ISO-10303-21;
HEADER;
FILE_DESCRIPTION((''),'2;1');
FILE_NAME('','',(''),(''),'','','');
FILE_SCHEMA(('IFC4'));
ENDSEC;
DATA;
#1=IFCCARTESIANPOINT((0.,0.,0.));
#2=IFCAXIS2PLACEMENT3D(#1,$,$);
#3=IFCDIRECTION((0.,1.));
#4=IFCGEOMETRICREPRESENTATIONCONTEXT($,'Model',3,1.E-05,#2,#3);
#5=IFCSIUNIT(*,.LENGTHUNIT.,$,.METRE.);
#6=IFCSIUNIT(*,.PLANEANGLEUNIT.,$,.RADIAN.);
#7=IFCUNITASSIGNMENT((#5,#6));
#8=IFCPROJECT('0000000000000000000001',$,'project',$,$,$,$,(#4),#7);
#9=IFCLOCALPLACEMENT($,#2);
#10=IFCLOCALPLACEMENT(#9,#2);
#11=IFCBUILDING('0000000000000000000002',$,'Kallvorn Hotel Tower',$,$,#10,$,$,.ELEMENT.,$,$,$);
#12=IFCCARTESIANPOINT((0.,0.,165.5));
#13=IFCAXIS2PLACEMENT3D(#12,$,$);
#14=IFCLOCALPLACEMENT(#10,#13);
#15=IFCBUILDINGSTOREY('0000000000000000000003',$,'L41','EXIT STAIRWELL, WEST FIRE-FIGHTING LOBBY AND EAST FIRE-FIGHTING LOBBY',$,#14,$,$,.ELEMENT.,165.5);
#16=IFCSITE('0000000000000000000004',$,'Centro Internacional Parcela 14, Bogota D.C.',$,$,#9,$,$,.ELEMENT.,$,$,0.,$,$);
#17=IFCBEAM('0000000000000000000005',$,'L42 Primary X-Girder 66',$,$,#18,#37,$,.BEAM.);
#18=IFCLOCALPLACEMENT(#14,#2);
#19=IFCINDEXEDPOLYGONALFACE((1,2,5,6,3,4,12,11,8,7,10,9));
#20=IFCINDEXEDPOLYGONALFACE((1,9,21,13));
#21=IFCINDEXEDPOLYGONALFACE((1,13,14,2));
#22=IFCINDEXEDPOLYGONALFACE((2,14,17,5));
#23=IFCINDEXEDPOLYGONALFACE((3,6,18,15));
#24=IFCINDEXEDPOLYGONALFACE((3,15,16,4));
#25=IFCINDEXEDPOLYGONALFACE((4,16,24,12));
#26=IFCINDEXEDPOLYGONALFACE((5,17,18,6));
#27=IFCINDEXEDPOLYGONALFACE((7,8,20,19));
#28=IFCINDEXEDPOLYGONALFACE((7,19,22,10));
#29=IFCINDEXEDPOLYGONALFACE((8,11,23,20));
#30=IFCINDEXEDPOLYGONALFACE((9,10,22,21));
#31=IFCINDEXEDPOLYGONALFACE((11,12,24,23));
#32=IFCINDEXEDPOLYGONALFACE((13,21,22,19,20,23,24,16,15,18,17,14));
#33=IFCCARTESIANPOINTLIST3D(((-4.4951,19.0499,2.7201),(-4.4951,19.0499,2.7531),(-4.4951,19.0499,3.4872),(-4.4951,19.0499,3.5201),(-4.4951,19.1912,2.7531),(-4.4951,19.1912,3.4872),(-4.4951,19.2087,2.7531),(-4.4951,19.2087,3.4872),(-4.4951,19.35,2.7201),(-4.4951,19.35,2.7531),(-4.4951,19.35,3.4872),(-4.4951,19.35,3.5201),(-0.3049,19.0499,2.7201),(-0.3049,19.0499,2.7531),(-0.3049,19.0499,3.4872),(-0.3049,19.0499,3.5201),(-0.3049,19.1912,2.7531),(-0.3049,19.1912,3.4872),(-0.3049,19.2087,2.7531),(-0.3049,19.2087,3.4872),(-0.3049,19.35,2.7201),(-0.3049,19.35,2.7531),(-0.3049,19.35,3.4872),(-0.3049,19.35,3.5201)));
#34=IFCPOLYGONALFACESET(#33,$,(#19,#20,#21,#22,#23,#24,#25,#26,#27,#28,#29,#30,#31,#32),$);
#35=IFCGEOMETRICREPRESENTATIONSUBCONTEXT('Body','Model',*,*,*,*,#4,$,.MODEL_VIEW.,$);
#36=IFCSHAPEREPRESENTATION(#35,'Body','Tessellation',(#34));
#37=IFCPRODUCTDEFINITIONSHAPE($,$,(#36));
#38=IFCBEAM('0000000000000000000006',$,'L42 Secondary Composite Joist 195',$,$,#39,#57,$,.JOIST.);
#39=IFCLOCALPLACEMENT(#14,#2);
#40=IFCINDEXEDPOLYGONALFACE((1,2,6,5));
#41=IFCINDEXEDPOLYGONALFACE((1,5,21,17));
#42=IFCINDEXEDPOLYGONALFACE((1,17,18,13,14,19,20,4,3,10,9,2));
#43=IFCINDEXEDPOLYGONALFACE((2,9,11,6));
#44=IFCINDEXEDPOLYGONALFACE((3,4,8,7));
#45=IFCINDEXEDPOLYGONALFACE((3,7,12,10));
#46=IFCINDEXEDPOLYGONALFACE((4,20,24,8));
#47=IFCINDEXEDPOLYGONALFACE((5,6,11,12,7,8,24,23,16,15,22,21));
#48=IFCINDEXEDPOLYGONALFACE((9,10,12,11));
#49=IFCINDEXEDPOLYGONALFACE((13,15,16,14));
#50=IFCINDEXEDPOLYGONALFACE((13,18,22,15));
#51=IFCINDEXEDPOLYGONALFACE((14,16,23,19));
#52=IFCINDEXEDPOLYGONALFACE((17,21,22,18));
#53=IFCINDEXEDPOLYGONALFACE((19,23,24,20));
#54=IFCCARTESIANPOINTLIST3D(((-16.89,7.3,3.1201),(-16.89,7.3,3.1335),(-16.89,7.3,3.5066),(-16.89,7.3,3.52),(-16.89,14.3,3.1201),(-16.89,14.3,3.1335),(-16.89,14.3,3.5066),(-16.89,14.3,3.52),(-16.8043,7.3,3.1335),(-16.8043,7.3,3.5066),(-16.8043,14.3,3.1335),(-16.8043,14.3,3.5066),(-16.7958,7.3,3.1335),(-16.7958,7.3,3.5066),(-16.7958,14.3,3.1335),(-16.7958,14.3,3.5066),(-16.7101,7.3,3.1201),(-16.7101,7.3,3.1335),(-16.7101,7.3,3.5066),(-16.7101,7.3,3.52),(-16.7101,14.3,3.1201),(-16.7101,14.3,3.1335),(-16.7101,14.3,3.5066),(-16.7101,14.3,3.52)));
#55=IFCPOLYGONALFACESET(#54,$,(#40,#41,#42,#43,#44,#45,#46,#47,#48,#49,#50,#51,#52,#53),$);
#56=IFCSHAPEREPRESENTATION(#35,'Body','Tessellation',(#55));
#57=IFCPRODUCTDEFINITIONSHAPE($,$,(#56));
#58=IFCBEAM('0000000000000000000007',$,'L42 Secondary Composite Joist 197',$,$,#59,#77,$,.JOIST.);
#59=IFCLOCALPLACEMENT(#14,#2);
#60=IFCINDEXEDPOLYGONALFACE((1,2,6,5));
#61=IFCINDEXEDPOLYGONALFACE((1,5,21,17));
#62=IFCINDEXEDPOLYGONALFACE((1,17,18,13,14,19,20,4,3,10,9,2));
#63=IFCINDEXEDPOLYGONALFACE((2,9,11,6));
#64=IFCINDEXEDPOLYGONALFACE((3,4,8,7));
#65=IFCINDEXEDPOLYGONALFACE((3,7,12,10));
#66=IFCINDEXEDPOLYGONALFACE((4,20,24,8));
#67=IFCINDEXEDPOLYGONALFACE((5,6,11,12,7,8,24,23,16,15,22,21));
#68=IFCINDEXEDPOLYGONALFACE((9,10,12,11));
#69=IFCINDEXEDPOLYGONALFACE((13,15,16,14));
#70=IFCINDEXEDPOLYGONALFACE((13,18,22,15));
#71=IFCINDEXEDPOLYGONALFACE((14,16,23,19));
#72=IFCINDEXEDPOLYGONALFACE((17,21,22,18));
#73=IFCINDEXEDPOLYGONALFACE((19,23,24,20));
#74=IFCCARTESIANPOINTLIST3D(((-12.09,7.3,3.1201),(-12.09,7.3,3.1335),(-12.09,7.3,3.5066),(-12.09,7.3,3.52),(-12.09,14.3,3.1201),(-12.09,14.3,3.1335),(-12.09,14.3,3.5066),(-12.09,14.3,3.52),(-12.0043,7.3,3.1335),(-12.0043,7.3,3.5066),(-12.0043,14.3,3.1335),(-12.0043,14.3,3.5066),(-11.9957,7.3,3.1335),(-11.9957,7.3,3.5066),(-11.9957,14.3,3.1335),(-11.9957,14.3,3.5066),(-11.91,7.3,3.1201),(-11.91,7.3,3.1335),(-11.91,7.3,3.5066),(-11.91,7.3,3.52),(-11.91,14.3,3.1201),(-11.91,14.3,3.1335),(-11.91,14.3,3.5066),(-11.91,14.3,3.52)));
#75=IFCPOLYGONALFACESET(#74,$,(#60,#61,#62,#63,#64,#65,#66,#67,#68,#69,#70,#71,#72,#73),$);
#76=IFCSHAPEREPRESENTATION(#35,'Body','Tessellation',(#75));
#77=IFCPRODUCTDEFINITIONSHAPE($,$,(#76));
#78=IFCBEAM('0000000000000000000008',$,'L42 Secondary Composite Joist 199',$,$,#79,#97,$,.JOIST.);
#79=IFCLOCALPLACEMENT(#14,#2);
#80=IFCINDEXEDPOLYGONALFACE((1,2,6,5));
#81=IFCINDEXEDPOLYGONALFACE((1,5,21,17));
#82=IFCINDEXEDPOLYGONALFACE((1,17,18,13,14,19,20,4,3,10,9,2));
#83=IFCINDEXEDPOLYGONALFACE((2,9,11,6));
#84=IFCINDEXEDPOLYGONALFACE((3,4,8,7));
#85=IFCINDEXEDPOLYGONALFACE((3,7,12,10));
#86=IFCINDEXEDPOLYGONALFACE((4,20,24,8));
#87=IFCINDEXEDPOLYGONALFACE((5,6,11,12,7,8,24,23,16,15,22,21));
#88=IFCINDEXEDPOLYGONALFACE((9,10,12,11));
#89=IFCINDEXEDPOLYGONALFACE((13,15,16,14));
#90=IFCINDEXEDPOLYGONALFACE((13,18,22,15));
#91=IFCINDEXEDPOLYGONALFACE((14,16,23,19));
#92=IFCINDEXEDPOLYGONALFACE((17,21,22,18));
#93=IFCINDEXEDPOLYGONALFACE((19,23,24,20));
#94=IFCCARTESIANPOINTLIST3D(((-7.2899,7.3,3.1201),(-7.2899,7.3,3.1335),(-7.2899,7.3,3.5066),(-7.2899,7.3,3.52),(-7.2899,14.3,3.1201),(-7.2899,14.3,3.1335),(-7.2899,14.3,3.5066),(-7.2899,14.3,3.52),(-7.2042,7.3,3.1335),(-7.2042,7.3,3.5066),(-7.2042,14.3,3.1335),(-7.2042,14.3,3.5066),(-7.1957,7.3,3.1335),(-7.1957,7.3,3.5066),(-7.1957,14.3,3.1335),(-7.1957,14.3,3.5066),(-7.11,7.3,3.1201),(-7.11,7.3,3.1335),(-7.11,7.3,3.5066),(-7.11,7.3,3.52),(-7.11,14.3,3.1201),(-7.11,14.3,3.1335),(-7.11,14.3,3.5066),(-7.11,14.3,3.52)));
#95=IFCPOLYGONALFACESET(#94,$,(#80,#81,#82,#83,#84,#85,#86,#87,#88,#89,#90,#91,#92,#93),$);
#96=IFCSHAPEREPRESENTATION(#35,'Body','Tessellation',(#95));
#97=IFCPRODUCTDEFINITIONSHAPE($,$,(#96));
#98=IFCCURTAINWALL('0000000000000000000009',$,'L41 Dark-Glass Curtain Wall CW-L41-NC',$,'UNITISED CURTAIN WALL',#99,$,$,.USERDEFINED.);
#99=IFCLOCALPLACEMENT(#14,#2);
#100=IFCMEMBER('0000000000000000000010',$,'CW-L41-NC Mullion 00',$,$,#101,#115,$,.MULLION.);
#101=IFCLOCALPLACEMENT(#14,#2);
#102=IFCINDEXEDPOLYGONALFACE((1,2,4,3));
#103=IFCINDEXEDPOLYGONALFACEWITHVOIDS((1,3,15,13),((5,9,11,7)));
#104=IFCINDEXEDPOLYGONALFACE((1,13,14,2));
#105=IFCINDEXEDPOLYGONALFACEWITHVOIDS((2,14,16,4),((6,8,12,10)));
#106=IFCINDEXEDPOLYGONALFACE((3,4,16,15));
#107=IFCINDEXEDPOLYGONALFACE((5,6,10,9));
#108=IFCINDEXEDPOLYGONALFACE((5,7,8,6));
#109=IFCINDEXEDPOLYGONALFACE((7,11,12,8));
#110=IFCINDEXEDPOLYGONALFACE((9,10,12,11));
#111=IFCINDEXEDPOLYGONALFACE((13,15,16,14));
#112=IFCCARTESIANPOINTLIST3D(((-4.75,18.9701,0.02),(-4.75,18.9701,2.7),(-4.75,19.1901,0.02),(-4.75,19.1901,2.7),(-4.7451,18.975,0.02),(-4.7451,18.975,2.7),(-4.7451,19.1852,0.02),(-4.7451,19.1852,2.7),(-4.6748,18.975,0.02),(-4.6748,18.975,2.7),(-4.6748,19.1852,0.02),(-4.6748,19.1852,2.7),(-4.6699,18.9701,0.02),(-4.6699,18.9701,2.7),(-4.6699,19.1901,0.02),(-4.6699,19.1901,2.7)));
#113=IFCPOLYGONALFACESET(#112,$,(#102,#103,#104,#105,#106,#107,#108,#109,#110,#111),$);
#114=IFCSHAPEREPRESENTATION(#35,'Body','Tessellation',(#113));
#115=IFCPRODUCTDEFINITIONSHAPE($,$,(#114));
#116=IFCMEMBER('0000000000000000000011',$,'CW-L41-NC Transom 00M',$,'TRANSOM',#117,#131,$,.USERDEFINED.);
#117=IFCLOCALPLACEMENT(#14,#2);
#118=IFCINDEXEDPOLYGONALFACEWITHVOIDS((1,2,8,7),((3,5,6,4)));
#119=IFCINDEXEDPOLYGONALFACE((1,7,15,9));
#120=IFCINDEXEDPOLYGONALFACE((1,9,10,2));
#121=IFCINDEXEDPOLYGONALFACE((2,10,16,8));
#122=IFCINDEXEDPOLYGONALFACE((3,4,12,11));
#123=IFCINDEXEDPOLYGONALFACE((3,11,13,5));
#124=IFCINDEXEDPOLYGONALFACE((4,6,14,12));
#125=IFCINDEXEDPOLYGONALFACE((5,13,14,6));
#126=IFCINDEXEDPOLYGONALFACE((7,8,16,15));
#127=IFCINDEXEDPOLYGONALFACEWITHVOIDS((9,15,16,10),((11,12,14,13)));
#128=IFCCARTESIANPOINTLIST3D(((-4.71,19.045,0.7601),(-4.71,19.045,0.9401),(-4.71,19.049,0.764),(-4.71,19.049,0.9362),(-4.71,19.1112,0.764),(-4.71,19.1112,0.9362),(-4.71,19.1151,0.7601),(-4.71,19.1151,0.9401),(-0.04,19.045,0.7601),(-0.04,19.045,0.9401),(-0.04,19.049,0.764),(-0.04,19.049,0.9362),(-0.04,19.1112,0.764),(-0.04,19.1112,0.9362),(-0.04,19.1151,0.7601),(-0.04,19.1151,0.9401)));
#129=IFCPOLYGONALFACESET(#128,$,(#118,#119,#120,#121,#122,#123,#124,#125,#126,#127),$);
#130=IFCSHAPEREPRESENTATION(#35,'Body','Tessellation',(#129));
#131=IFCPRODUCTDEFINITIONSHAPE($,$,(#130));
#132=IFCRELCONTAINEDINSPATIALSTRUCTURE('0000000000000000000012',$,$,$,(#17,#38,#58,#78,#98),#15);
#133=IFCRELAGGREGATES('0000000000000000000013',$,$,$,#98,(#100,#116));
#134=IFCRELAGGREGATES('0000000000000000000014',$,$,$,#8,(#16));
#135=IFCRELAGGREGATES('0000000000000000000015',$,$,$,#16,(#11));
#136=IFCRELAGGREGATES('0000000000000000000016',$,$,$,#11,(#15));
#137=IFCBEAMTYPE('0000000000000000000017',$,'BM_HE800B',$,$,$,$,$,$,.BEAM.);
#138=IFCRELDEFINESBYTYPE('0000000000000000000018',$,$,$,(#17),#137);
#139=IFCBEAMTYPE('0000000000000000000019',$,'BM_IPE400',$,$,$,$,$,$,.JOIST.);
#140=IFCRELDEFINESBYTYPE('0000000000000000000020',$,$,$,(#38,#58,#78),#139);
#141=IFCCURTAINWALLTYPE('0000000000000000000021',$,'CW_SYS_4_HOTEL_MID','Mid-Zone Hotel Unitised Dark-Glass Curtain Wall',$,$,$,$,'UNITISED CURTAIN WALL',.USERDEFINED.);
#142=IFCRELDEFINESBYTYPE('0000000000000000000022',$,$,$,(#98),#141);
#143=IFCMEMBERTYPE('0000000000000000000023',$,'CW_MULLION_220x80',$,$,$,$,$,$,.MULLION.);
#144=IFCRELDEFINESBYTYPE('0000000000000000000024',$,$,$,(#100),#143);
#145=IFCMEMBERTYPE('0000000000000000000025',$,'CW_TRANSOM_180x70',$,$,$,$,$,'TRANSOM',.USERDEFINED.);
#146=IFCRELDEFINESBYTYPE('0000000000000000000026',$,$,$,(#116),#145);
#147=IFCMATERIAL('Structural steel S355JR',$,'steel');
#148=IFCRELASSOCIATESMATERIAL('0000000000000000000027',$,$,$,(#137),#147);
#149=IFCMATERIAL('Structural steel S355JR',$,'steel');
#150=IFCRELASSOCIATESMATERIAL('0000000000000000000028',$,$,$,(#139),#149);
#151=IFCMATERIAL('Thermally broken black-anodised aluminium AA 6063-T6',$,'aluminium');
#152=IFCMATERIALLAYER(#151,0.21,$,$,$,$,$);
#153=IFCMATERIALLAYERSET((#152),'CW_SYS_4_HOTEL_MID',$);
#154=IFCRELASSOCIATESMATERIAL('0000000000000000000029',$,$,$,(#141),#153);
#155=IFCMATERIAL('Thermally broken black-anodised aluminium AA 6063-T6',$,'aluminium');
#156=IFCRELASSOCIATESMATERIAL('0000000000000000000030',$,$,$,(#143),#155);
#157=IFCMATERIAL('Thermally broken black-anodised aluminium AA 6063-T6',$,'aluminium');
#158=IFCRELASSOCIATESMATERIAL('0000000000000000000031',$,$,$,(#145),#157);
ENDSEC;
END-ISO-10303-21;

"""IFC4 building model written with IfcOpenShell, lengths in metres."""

from ifc_helpers import new_model, si_unit, direction, frame, origin, origin_2d, place, context, subcontext, project, spatial, hollow_rectangle, i_section, extrude, material, layer, layer_set, material_profile, profile_set, type_object, element, aggregate, save


model = new_model("IFC4")

# Units and contexts
model_context = context("Model", 3, precision=1e-05, world=origin(), true_north=direction((0.0, 1.0)))
body_context = subcontext(model_context, "Body", "Model", "MODEL_VIEW")
ifc_project = project(units=[si_unit("LENGTHUNIT", "METRE"), si_unit("PLANEANGLEUNIT", "RADIAN")], contexts=[model_context])

# Site, building, storey
site_placement = place(None, origin())
site = spatial("IfcSite", under=ifc_project, at=site_placement, Name="Centro Internacional Parcela 14, Bogota D.C.", CompositionType="ELEMENT", RefElevation=0.0)
building_placement = place(site_placement, origin())
building = spatial("IfcBuilding", under=site, at=building_placement, Name="Kallvorn Hotel Tower", CompositionType="ELEMENT")
storey_placement = place(building_placement, frame((0.0, 0.0, 165.5)))
storey = spatial("IfcBuildingStorey", under=building, at=storey_placement, Name="L41", Description="EXIT STAIRWELL, WEST FIRE-FIGHTING LOBBY AND EAST FIRE-FIGHTING LOBBY", CompositionType="ELEMENT", Elevation=165.5)

# Beams
ifc_material_1 = material(Name="Structural steel S355JR", Category="steel")
ifc_material_profile_1 = material_profile(ifc_material_1, i_section(OverallWidth=0.3, OverallDepth=0.8, WebThickness=0.0176, FlangeThickness=0.033, at=origin_2d()), Name="HE 800 B")
ifc_profile_set_1 = profile_set([ifc_material_profile_1], Name="Structural steel S355JR")
beam_type_1 = type_object("IfcBeamType", Name="BM_HE800B", PredefinedType="BEAM", material=ifc_profile_set_1)
beam_1_placement = place(storey_placement, frame((-4.4951, 19.2, 3.1201), z_axis=(1.0, 0.0, 0.0), x_axis=(0.0, 1.0, 0.0)))
element("IfcBeam", 1, at=beam_1_placement, inside=storey, type_object=beam_type_1, Name="L42 Primary X-Girder 66", PredefinedType="BEAM", context=body_context, shape_type="SweptSolid", body=[
    extrude(i_section(OverallWidth=0.3, OverallDepth=0.8, WebThickness=0.0176, FlangeThickness=0.033, at=origin_2d()), origin(), (0.0, 0.0, 1.0), 4.1902),
])
ifc_material_2 = material(Name="Structural steel S355JR", Category="steel")
ifc_material_profile_2 = material_profile(ifc_material_2, i_section(OverallWidth=0.1799, OverallDepth=0.3999, WebThickness=0.0085, FlangeThickness=0.0134, at=origin_2d()), Name="IPE 400")
ifc_profile_set_2 = profile_set([ifc_material_profile_2], Name="Structural steel S355JR")
beam_type_2 = type_object("IfcBeamType", Name="BM_IPE400", PredefinedType="JOIST", material=ifc_profile_set_2)
for number, where, z_axis, x_axis, name in (
    (2, (-16.8, 7.3, 3.3201), (0.0, 1.0, 0.0), (-1.0, 0.0, 0.0), "L42 Secondary Composite Joist 195"),
    (3, (-12.0, 7.3, 3.3201), (0.0, 1.0, 0.0), (-1.0, 0.0, 0.0), "L42 Secondary Composite Joist 197"),
    (4, (-7.2, 7.3, 3.3201), (0.0, 1.0, 0.0), (-1.0, 0.0, 0.0), "L42 Secondary Composite Joist 199"),
):
    element("IfcBeam", number, at=place(storey_placement, frame(where, z_axis=z_axis, x_axis=x_axis)), inside=storey, type_object=beam_type_2, Name=name, PredefinedType="JOIST", context=body_context, shape_type="SweptSolid", body=[
        extrude(i_section(OverallWidth=0.1799, OverallDepth=0.3999, WebThickness=0.0085, FlangeThickness=0.0134, at=origin_2d()), origin(), (0.0, 0.0, 1.0), 7.0),
    ])

# Curtain wall, members
ifc_material_3 = material(Name="Thermally broken black-anodised aluminium AA 6063-T6", Category="aluminium")
ifc_layer_1 = layer(ifc_material_3, 0.21)
ifc_layer_set_1 = layer_set([ifc_layer_1], Name="CW_SYS_4_HOTEL_MID")
curtain_wall_type = type_object("IfcCurtainWallType", Name="CW_SYS_4_HOTEL_MID", Description="Mid-Zone Hotel Unitised Dark-Glass Curtain Wall", ElementType="UNITISED CURTAIN WALL", PredefinedType="USERDEFINED", material=ifc_layer_set_1)
curtain_wall_placement = place(storey_placement, origin())
curtain_wall = element("IfcCurtainWall", 5, at=curtain_wall_placement, inside=storey, type_object=curtain_wall_type, Name="L41 Dark-Glass Curtain Wall CW-L41-NC", ObjectType="UNITISED CURTAIN WALL", PredefinedType="USERDEFINED")
ifc_material_4 = material(Name="Thermally broken black-anodised aluminium AA 6063-T6", Category="aluminium")
ifc_material_profile_3 = material_profile(ifc_material_4, hollow_rectangle(XDim=0.0801, YDim=0.22, WallThickness=0.0049, at=origin_2d()), Name="MUL 220x80")
ifc_profile_set_3 = profile_set([ifc_material_profile_3], Name="Thermally broken black-anodised aluminium AA 6063-T6")
member_type_1 = type_object("IfcMemberType", Name="CW_MULLION_220x80", PredefinedType="MULLION", material=ifc_profile_set_3)
member_1_placement = place(storey_placement, frame((-4.71, 19.0801, 0.02), z_axis=(0.0, 0.0, 1.0), x_axis=(1.0, 0.0, 0.0)))
member_1 = element("IfcMember", 6, at=member_1_placement, type_object=member_type_1, Name="CW-L41-NC Mullion 00", PredefinedType="MULLION", context=body_context, shape_type="SweptSolid", body=[
    extrude(hollow_rectangle(XDim=0.0801, YDim=0.22, WallThickness=0.0049, at=origin_2d()), origin(), (0.0, 0.0, 1.0), 2.6799),
])
ifc_material_5 = material(Name="Thermally broken black-anodised aluminium AA 6063-T6", Category="aluminium")
ifc_material_profile_4 = material_profile(ifc_material_5, hollow_rectangle(XDim=0.0701, YDim=0.1799, WallThickness=0.0039, at=origin_2d()), Name="TRN 180x70")
ifc_profile_set_4 = profile_set([ifc_material_profile_4], Name="Thermally broken black-anodised aluminium AA 6063-T6")
member_type_2 = type_object("IfcMemberType", Name="CW_TRANSOM_180x70", ElementType="TRANSOM", PredefinedType="USERDEFINED", material=ifc_profile_set_4)
member_2_placement = place(storey_placement, frame((-4.71, 19.0801, 0.8501), z_axis=(1.0, 0.0, 0.0), x_axis=(0.0, 1.0, 0.0)))
member_2 = element("IfcMember", 7, at=member_2_placement, type_object=member_type_2, Name="CW-L41-NC Transom 00M", ObjectType="TRANSOM", PredefinedType="USERDEFINED", context=body_context, shape_type="SweptSolid", body=[
    extrude(hollow_rectangle(XDim=0.0701, YDim=0.1799, WallThickness=0.0039, at=origin_2d()), origin(), (0.0, 0.0, 1.0), 4.6699),
])
aggregate(curtain_wall, [member_1, member_2])

save(model, "model.ifc")
